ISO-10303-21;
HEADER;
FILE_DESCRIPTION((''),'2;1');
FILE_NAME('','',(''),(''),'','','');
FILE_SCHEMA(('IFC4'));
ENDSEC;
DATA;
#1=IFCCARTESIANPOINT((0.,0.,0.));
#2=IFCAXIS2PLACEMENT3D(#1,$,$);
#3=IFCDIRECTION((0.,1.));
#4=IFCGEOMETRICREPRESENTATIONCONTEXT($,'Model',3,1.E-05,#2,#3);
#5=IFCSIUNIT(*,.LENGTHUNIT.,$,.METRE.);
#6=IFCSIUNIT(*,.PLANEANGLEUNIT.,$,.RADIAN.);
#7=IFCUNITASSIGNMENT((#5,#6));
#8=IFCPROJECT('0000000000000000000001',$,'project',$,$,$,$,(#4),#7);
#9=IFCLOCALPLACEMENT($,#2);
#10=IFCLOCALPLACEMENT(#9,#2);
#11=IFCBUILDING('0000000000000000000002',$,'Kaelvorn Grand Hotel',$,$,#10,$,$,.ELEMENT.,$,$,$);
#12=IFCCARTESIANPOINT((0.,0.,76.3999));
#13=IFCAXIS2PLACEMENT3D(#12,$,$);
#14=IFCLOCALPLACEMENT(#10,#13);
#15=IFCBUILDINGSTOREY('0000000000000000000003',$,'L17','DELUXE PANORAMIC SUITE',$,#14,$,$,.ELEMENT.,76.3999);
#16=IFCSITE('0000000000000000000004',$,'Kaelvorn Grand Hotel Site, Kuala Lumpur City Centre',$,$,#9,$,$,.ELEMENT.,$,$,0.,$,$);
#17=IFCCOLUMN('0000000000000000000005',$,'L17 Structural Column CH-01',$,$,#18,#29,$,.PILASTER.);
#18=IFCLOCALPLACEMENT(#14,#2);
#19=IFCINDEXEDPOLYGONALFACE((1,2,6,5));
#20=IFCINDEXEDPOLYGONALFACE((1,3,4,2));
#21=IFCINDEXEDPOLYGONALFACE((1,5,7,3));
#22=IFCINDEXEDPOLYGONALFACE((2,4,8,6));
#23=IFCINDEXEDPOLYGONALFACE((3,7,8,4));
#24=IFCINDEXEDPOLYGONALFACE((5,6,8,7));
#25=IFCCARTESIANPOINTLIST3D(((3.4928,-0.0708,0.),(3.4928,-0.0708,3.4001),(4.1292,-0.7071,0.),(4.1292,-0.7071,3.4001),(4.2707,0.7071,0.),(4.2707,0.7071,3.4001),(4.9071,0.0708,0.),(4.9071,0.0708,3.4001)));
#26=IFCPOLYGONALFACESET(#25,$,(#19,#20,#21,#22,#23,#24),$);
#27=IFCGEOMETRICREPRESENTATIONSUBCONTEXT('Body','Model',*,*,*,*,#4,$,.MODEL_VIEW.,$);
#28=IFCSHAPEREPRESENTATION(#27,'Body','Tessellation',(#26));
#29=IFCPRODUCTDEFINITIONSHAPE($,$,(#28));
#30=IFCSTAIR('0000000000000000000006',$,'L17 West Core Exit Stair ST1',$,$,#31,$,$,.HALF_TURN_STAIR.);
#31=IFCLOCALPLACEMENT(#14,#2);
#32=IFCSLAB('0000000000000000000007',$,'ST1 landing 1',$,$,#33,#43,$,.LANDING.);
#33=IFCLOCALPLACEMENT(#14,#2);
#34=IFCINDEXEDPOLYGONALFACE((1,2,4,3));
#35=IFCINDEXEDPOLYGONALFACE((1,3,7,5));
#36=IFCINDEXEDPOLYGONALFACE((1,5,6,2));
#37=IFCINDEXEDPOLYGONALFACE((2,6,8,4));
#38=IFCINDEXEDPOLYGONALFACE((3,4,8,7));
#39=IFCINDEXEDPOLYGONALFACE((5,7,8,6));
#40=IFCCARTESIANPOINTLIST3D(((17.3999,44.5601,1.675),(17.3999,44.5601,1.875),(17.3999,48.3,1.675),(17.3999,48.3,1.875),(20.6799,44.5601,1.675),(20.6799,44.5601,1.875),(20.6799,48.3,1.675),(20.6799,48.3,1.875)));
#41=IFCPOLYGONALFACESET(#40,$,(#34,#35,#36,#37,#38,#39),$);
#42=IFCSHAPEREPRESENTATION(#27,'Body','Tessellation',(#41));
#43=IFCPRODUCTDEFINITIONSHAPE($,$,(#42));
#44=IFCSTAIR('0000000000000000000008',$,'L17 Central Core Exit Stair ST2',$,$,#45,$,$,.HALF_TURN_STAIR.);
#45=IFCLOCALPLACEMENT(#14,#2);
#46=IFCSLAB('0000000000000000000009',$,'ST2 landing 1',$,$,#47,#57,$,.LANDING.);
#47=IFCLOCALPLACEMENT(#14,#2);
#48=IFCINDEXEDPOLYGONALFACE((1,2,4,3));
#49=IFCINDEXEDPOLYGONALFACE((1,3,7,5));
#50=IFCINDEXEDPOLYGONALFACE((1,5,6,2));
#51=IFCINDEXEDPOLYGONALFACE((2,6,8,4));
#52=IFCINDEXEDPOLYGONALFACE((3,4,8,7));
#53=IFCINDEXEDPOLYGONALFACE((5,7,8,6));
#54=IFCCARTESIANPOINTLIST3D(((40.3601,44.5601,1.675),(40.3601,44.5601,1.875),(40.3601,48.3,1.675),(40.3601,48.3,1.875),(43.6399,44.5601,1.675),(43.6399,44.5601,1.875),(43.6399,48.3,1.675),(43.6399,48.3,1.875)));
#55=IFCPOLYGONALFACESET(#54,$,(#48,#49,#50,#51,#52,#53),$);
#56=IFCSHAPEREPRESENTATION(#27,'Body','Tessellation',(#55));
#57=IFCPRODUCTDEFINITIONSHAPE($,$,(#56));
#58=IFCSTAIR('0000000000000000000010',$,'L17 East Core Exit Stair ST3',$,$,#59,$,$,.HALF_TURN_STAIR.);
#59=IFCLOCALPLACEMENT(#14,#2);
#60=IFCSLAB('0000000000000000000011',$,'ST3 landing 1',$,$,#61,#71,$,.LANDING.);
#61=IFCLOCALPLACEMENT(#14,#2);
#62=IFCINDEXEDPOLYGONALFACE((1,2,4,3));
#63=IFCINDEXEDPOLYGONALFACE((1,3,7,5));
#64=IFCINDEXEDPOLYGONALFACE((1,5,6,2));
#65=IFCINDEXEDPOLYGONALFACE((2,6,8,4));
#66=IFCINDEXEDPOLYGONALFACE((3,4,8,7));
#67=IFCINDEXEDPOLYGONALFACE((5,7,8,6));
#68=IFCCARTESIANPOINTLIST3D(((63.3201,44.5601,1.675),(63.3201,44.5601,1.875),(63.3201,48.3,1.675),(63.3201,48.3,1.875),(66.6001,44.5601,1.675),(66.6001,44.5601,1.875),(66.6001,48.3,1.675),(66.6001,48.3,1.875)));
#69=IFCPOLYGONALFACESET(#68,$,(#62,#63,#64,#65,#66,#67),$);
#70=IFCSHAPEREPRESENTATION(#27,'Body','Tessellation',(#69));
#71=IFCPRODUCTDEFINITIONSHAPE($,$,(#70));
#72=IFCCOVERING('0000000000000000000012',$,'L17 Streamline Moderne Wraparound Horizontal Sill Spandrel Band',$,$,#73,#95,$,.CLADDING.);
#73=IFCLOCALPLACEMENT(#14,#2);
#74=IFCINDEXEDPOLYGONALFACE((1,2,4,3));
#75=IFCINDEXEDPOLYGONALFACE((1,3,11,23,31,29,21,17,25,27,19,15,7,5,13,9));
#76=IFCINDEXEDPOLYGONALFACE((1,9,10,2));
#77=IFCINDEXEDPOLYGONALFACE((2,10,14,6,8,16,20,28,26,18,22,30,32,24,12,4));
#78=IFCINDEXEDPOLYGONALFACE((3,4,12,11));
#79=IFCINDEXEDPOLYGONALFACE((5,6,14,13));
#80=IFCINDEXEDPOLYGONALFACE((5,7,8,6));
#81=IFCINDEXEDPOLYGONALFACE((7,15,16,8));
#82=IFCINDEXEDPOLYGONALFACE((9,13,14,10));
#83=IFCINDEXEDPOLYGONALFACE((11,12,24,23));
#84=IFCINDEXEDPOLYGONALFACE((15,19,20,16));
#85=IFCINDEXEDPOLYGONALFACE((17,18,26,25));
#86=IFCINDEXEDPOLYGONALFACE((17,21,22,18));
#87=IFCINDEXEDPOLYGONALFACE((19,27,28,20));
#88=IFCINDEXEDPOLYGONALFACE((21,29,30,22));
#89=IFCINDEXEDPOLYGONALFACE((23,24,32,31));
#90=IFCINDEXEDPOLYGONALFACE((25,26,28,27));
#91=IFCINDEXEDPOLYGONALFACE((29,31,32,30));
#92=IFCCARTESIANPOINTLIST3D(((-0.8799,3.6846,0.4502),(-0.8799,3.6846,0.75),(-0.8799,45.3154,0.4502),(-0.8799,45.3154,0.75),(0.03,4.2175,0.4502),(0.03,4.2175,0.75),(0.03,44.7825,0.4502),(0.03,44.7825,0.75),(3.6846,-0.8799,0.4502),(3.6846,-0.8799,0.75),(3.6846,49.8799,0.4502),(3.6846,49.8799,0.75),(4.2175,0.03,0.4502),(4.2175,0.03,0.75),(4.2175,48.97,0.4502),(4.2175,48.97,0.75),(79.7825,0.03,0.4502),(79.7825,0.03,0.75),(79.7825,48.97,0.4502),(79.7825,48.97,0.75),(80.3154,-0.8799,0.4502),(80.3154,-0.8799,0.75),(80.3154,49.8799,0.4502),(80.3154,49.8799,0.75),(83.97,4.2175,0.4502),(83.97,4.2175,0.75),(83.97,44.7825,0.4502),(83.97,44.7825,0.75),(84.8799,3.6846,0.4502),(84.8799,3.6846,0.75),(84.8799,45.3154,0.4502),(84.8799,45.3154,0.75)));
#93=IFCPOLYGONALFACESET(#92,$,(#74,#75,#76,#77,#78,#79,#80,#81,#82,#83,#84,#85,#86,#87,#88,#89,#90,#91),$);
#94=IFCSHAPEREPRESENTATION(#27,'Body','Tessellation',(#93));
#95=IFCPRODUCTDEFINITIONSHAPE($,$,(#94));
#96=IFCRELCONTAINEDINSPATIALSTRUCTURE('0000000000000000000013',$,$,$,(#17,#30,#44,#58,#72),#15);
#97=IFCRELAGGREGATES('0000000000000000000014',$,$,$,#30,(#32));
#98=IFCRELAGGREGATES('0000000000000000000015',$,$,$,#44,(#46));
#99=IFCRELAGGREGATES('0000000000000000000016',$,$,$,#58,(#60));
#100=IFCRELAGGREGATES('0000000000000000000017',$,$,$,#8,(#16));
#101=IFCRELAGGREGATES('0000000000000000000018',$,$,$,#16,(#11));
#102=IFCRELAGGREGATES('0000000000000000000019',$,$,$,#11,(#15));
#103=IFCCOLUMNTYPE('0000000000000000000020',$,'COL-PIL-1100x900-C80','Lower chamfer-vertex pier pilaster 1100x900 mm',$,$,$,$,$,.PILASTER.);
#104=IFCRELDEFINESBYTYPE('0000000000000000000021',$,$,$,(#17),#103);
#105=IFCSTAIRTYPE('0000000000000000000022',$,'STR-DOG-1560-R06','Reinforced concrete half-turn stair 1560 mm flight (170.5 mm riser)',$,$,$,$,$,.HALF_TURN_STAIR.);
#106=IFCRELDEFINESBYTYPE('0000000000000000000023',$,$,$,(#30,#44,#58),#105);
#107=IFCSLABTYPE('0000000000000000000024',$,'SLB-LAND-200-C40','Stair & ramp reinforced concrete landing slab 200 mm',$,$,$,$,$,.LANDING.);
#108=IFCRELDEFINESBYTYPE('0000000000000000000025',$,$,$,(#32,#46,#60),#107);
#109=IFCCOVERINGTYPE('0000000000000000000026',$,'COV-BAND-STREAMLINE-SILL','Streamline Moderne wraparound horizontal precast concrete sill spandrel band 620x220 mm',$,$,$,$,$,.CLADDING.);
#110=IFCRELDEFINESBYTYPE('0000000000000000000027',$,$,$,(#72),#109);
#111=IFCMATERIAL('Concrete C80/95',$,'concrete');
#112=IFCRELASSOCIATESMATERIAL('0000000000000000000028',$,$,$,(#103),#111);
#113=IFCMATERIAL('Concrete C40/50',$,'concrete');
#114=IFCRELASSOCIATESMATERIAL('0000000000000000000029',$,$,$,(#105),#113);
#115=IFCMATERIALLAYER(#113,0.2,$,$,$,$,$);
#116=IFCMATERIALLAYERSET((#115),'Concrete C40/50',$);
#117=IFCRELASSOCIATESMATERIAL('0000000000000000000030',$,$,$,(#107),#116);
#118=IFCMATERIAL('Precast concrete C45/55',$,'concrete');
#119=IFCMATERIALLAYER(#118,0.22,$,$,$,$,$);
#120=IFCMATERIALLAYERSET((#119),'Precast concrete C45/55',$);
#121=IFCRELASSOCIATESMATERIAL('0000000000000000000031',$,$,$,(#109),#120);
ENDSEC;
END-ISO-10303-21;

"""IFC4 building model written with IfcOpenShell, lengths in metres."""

from ifc_helpers import new_model, si_unit, direction, frame, origin, origin_2d, place, context, subcontext, project, spatial, polyline, rectangle, outline, extrude, material, layer, layer_set, material_profile, profile_set, type_object, element, aggregate, save


model = new_model("IFC4")

# Units and contexts
model_context = context("Model", 3, precision=1e-05, world=origin(), true_north=direction((0.0, 1.0)))
body_context = subcontext(model_context, "Body", "Model", "MODEL_VIEW")
ifc_project = project(units=[si_unit("LENGTHUNIT", "METRE"), si_unit("PLANEANGLEUNIT", "RADIAN")], contexts=[model_context])

# Site, building, storey
site_placement = place(None, origin())
site = spatial("IfcSite", under=ifc_project, at=site_placement, Name="Kaelvorn Grand Hotel Site, Kuala Lumpur City Centre", CompositionType="ELEMENT", RefElevation=0.0)
building_placement = place(site_placement, origin())
building = spatial("IfcBuilding", under=site, at=building_placement, Name="Kaelvorn Grand Hotel", CompositionType="ELEMENT")
storey_placement = place(building_placement, frame((0.0, 0.0, 76.3999)))
storey = spatial("IfcBuildingStorey", under=building, at=storey_placement, Name="L17", Description="DELUXE PANORAMIC SUITE", CompositionType="ELEMENT", Elevation=76.3999)

# Column
ifc_material_1 = material(Name="Concrete C80/95", Category="concrete")
ifc_material_profile = material_profile(ifc_material_1, rectangle(XDim=1.1001, YDim=0.8999, at=origin_2d()), Name="RC PILASTER 1100x900")
ifc_profile_set = profile_set([ifc_material_profile], Name="Concrete C80/95")
column_type = type_object("IfcColumnType", Name="COL-PIL-1100x900-C80", Description="Lower chamfer-vertex pier pilaster 1100x900 mm", PredefinedType="PILASTER", material=ifc_profile_set)
column_placement = place(storey_placement, frame((4.2, 0.0, 0.0), z_axis=(0.0, 0.0, 1.0), x_axis=(0.707107, 0.707107, 0.0)))
element("IfcColumn", 1, at=column_placement, inside=storey, type_object=column_type, Name="L17 Structural Column CH-01", PredefinedType="PILASTER", context=body_context, shape_type="SweptSolid", body=[
    extrude(rectangle(XDim=1.1001, YDim=0.8999, at=origin_2d()), origin(), (0.0, 0.0, 1.0), 3.4001),
])

# Stairs, slabs
ifc_material_2 = material(Name="Concrete C40/50", Category="concrete")
stair_type = type_object("IfcStairType", Name="STR-DOG-1560-R06", Description="Reinforced concrete half-turn stair 1560 mm flight (170.5 mm riser)", PredefinedType="HALF_TURN_STAIR", material=ifc_material_2)
stair_1_placement = place(storey_placement, origin())
stair_1 = element("IfcStair", 2, at=stair_1_placement, inside=storey, type_object=stair_type, Name="L17 West Core Exit Stair ST1", PredefinedType="HALF_TURN_STAIR")
ifc_layer_1 = layer(ifc_material_2, 0.2)
ifc_layer_set_1 = layer_set([ifc_layer_1], Name="Concrete C40/50")
slab_type = type_object("IfcSlabType", Name="SLB-LAND-200-C40", Description="Stair & ramp reinforced concrete landing slab 200 mm", PredefinedType="LANDING", material=ifc_layer_set_1)
slab_1_placement = place(storey_placement, frame((0.0, 0.0, 1.675)))
slab_1 = element("IfcSlab", 3, at=slab_1_placement, type_object=slab_type, Name="ST1 landing 1", PredefinedType="LANDING", context=body_context, shape_type="SweptSolid", body=[
    extrude(outline(polyline([(20.6799, 44.5601), (20.6799, 48.3), (17.3999, 48.3), (17.3999, 44.5601), (20.6799, 44.5601)])), origin(), (0.0, 0.0, 1.0), 0.2),
])
aggregate(stair_1, [slab_1])
stair_2_placement = place(storey_placement, origin())
stair_2 = element("IfcStair", 4, at=stair_2_placement, inside=storey, type_object=stair_type, Name="L17 Central Core Exit Stair ST2", PredefinedType="HALF_TURN_STAIR")
slab_2_placement = place(storey_placement, frame((0.0, 0.0, 1.675)))
slab_2 = element("IfcSlab", 5, at=slab_2_placement, type_object=slab_type, Name="ST2 landing 1", PredefinedType="LANDING", context=body_context, shape_type="SweptSolid", body=[
    extrude(outline(polyline([(43.6399, 44.5601), (43.6399, 48.3), (40.3601, 48.3), (40.3601, 44.5601), (43.6399, 44.5601)])), origin(), (0.0, 0.0, 1.0), 0.2),
])
aggregate(stair_2, [slab_2])
stair_3_placement = place(storey_placement, origin())
stair_3 = element("IfcStair", 6, at=stair_3_placement, inside=storey, type_object=stair_type, Name="L17 East Core Exit Stair ST3", PredefinedType="HALF_TURN_STAIR")
slab_3_placement = place(storey_placement, frame((0.0, 0.0, 1.675)))
slab_3 = element("IfcSlab", 7, at=slab_3_placement, type_object=slab_type, Name="ST3 landing 1", PredefinedType="LANDING", context=body_context, shape_type="SweptSolid", body=[
    extrude(outline(polyline([(66.6001, 44.5601), (66.6001, 48.3), (63.3201, 48.3), (63.3201, 44.5601), (66.6001, 44.5601)])), origin(), (0.0, 0.0, 1.0), 0.2),
])
aggregate(stair_3, [slab_3])

# Covering
ifc_material_3 = material(Name="Precast concrete C45/55", Category="concrete")
ifc_layer_2 = layer(ifc_material_3, 0.22)
ifc_layer_set_2 = layer_set([ifc_layer_2], Name="Precast concrete C45/55")
covering_type = type_object("IfcCoveringType", Name="COV-BAND-STREAMLINE-SILL", Description="Streamline Moderne wraparound horizontal precast concrete sill spandrel band 620x220 mm", PredefinedType="CLADDING", material=ifc_layer_set_2)
covering_placement = place(storey_placement, frame((0.0, 0.0, 0.4502)))
element("IfcCovering", 8, at=covering_placement, inside=storey, type_object=covering_type, Name="L17 Streamline Moderne Wraparound Horizontal Sill Spandrel Band", PredefinedType="CLADDING", context=body_context, shape_type="SweptSolid", body=[
    extrude(outline(polyline([(80.3154, -0.8799), (84.8799, 3.6846), (84.8799, 45.3154), (80.3154, 49.8799), (3.6846, 49.8799), (-0.8799, 45.3154), (-0.8799, 3.6846), (3.6846, -0.8799), (4.2175, 0.03), (0.03, 4.2175), (0.03, 44.7825), (4.2175, 48.97), (79.7825, 48.97), (83.97, 44.7825), (83.97, 4.2175), (79.7825, 0.03), (80.3154, -0.8799)])), origin(), (0.0, 0.0, 1.0), 0.2998),
])

save(model, "model.ifc")
